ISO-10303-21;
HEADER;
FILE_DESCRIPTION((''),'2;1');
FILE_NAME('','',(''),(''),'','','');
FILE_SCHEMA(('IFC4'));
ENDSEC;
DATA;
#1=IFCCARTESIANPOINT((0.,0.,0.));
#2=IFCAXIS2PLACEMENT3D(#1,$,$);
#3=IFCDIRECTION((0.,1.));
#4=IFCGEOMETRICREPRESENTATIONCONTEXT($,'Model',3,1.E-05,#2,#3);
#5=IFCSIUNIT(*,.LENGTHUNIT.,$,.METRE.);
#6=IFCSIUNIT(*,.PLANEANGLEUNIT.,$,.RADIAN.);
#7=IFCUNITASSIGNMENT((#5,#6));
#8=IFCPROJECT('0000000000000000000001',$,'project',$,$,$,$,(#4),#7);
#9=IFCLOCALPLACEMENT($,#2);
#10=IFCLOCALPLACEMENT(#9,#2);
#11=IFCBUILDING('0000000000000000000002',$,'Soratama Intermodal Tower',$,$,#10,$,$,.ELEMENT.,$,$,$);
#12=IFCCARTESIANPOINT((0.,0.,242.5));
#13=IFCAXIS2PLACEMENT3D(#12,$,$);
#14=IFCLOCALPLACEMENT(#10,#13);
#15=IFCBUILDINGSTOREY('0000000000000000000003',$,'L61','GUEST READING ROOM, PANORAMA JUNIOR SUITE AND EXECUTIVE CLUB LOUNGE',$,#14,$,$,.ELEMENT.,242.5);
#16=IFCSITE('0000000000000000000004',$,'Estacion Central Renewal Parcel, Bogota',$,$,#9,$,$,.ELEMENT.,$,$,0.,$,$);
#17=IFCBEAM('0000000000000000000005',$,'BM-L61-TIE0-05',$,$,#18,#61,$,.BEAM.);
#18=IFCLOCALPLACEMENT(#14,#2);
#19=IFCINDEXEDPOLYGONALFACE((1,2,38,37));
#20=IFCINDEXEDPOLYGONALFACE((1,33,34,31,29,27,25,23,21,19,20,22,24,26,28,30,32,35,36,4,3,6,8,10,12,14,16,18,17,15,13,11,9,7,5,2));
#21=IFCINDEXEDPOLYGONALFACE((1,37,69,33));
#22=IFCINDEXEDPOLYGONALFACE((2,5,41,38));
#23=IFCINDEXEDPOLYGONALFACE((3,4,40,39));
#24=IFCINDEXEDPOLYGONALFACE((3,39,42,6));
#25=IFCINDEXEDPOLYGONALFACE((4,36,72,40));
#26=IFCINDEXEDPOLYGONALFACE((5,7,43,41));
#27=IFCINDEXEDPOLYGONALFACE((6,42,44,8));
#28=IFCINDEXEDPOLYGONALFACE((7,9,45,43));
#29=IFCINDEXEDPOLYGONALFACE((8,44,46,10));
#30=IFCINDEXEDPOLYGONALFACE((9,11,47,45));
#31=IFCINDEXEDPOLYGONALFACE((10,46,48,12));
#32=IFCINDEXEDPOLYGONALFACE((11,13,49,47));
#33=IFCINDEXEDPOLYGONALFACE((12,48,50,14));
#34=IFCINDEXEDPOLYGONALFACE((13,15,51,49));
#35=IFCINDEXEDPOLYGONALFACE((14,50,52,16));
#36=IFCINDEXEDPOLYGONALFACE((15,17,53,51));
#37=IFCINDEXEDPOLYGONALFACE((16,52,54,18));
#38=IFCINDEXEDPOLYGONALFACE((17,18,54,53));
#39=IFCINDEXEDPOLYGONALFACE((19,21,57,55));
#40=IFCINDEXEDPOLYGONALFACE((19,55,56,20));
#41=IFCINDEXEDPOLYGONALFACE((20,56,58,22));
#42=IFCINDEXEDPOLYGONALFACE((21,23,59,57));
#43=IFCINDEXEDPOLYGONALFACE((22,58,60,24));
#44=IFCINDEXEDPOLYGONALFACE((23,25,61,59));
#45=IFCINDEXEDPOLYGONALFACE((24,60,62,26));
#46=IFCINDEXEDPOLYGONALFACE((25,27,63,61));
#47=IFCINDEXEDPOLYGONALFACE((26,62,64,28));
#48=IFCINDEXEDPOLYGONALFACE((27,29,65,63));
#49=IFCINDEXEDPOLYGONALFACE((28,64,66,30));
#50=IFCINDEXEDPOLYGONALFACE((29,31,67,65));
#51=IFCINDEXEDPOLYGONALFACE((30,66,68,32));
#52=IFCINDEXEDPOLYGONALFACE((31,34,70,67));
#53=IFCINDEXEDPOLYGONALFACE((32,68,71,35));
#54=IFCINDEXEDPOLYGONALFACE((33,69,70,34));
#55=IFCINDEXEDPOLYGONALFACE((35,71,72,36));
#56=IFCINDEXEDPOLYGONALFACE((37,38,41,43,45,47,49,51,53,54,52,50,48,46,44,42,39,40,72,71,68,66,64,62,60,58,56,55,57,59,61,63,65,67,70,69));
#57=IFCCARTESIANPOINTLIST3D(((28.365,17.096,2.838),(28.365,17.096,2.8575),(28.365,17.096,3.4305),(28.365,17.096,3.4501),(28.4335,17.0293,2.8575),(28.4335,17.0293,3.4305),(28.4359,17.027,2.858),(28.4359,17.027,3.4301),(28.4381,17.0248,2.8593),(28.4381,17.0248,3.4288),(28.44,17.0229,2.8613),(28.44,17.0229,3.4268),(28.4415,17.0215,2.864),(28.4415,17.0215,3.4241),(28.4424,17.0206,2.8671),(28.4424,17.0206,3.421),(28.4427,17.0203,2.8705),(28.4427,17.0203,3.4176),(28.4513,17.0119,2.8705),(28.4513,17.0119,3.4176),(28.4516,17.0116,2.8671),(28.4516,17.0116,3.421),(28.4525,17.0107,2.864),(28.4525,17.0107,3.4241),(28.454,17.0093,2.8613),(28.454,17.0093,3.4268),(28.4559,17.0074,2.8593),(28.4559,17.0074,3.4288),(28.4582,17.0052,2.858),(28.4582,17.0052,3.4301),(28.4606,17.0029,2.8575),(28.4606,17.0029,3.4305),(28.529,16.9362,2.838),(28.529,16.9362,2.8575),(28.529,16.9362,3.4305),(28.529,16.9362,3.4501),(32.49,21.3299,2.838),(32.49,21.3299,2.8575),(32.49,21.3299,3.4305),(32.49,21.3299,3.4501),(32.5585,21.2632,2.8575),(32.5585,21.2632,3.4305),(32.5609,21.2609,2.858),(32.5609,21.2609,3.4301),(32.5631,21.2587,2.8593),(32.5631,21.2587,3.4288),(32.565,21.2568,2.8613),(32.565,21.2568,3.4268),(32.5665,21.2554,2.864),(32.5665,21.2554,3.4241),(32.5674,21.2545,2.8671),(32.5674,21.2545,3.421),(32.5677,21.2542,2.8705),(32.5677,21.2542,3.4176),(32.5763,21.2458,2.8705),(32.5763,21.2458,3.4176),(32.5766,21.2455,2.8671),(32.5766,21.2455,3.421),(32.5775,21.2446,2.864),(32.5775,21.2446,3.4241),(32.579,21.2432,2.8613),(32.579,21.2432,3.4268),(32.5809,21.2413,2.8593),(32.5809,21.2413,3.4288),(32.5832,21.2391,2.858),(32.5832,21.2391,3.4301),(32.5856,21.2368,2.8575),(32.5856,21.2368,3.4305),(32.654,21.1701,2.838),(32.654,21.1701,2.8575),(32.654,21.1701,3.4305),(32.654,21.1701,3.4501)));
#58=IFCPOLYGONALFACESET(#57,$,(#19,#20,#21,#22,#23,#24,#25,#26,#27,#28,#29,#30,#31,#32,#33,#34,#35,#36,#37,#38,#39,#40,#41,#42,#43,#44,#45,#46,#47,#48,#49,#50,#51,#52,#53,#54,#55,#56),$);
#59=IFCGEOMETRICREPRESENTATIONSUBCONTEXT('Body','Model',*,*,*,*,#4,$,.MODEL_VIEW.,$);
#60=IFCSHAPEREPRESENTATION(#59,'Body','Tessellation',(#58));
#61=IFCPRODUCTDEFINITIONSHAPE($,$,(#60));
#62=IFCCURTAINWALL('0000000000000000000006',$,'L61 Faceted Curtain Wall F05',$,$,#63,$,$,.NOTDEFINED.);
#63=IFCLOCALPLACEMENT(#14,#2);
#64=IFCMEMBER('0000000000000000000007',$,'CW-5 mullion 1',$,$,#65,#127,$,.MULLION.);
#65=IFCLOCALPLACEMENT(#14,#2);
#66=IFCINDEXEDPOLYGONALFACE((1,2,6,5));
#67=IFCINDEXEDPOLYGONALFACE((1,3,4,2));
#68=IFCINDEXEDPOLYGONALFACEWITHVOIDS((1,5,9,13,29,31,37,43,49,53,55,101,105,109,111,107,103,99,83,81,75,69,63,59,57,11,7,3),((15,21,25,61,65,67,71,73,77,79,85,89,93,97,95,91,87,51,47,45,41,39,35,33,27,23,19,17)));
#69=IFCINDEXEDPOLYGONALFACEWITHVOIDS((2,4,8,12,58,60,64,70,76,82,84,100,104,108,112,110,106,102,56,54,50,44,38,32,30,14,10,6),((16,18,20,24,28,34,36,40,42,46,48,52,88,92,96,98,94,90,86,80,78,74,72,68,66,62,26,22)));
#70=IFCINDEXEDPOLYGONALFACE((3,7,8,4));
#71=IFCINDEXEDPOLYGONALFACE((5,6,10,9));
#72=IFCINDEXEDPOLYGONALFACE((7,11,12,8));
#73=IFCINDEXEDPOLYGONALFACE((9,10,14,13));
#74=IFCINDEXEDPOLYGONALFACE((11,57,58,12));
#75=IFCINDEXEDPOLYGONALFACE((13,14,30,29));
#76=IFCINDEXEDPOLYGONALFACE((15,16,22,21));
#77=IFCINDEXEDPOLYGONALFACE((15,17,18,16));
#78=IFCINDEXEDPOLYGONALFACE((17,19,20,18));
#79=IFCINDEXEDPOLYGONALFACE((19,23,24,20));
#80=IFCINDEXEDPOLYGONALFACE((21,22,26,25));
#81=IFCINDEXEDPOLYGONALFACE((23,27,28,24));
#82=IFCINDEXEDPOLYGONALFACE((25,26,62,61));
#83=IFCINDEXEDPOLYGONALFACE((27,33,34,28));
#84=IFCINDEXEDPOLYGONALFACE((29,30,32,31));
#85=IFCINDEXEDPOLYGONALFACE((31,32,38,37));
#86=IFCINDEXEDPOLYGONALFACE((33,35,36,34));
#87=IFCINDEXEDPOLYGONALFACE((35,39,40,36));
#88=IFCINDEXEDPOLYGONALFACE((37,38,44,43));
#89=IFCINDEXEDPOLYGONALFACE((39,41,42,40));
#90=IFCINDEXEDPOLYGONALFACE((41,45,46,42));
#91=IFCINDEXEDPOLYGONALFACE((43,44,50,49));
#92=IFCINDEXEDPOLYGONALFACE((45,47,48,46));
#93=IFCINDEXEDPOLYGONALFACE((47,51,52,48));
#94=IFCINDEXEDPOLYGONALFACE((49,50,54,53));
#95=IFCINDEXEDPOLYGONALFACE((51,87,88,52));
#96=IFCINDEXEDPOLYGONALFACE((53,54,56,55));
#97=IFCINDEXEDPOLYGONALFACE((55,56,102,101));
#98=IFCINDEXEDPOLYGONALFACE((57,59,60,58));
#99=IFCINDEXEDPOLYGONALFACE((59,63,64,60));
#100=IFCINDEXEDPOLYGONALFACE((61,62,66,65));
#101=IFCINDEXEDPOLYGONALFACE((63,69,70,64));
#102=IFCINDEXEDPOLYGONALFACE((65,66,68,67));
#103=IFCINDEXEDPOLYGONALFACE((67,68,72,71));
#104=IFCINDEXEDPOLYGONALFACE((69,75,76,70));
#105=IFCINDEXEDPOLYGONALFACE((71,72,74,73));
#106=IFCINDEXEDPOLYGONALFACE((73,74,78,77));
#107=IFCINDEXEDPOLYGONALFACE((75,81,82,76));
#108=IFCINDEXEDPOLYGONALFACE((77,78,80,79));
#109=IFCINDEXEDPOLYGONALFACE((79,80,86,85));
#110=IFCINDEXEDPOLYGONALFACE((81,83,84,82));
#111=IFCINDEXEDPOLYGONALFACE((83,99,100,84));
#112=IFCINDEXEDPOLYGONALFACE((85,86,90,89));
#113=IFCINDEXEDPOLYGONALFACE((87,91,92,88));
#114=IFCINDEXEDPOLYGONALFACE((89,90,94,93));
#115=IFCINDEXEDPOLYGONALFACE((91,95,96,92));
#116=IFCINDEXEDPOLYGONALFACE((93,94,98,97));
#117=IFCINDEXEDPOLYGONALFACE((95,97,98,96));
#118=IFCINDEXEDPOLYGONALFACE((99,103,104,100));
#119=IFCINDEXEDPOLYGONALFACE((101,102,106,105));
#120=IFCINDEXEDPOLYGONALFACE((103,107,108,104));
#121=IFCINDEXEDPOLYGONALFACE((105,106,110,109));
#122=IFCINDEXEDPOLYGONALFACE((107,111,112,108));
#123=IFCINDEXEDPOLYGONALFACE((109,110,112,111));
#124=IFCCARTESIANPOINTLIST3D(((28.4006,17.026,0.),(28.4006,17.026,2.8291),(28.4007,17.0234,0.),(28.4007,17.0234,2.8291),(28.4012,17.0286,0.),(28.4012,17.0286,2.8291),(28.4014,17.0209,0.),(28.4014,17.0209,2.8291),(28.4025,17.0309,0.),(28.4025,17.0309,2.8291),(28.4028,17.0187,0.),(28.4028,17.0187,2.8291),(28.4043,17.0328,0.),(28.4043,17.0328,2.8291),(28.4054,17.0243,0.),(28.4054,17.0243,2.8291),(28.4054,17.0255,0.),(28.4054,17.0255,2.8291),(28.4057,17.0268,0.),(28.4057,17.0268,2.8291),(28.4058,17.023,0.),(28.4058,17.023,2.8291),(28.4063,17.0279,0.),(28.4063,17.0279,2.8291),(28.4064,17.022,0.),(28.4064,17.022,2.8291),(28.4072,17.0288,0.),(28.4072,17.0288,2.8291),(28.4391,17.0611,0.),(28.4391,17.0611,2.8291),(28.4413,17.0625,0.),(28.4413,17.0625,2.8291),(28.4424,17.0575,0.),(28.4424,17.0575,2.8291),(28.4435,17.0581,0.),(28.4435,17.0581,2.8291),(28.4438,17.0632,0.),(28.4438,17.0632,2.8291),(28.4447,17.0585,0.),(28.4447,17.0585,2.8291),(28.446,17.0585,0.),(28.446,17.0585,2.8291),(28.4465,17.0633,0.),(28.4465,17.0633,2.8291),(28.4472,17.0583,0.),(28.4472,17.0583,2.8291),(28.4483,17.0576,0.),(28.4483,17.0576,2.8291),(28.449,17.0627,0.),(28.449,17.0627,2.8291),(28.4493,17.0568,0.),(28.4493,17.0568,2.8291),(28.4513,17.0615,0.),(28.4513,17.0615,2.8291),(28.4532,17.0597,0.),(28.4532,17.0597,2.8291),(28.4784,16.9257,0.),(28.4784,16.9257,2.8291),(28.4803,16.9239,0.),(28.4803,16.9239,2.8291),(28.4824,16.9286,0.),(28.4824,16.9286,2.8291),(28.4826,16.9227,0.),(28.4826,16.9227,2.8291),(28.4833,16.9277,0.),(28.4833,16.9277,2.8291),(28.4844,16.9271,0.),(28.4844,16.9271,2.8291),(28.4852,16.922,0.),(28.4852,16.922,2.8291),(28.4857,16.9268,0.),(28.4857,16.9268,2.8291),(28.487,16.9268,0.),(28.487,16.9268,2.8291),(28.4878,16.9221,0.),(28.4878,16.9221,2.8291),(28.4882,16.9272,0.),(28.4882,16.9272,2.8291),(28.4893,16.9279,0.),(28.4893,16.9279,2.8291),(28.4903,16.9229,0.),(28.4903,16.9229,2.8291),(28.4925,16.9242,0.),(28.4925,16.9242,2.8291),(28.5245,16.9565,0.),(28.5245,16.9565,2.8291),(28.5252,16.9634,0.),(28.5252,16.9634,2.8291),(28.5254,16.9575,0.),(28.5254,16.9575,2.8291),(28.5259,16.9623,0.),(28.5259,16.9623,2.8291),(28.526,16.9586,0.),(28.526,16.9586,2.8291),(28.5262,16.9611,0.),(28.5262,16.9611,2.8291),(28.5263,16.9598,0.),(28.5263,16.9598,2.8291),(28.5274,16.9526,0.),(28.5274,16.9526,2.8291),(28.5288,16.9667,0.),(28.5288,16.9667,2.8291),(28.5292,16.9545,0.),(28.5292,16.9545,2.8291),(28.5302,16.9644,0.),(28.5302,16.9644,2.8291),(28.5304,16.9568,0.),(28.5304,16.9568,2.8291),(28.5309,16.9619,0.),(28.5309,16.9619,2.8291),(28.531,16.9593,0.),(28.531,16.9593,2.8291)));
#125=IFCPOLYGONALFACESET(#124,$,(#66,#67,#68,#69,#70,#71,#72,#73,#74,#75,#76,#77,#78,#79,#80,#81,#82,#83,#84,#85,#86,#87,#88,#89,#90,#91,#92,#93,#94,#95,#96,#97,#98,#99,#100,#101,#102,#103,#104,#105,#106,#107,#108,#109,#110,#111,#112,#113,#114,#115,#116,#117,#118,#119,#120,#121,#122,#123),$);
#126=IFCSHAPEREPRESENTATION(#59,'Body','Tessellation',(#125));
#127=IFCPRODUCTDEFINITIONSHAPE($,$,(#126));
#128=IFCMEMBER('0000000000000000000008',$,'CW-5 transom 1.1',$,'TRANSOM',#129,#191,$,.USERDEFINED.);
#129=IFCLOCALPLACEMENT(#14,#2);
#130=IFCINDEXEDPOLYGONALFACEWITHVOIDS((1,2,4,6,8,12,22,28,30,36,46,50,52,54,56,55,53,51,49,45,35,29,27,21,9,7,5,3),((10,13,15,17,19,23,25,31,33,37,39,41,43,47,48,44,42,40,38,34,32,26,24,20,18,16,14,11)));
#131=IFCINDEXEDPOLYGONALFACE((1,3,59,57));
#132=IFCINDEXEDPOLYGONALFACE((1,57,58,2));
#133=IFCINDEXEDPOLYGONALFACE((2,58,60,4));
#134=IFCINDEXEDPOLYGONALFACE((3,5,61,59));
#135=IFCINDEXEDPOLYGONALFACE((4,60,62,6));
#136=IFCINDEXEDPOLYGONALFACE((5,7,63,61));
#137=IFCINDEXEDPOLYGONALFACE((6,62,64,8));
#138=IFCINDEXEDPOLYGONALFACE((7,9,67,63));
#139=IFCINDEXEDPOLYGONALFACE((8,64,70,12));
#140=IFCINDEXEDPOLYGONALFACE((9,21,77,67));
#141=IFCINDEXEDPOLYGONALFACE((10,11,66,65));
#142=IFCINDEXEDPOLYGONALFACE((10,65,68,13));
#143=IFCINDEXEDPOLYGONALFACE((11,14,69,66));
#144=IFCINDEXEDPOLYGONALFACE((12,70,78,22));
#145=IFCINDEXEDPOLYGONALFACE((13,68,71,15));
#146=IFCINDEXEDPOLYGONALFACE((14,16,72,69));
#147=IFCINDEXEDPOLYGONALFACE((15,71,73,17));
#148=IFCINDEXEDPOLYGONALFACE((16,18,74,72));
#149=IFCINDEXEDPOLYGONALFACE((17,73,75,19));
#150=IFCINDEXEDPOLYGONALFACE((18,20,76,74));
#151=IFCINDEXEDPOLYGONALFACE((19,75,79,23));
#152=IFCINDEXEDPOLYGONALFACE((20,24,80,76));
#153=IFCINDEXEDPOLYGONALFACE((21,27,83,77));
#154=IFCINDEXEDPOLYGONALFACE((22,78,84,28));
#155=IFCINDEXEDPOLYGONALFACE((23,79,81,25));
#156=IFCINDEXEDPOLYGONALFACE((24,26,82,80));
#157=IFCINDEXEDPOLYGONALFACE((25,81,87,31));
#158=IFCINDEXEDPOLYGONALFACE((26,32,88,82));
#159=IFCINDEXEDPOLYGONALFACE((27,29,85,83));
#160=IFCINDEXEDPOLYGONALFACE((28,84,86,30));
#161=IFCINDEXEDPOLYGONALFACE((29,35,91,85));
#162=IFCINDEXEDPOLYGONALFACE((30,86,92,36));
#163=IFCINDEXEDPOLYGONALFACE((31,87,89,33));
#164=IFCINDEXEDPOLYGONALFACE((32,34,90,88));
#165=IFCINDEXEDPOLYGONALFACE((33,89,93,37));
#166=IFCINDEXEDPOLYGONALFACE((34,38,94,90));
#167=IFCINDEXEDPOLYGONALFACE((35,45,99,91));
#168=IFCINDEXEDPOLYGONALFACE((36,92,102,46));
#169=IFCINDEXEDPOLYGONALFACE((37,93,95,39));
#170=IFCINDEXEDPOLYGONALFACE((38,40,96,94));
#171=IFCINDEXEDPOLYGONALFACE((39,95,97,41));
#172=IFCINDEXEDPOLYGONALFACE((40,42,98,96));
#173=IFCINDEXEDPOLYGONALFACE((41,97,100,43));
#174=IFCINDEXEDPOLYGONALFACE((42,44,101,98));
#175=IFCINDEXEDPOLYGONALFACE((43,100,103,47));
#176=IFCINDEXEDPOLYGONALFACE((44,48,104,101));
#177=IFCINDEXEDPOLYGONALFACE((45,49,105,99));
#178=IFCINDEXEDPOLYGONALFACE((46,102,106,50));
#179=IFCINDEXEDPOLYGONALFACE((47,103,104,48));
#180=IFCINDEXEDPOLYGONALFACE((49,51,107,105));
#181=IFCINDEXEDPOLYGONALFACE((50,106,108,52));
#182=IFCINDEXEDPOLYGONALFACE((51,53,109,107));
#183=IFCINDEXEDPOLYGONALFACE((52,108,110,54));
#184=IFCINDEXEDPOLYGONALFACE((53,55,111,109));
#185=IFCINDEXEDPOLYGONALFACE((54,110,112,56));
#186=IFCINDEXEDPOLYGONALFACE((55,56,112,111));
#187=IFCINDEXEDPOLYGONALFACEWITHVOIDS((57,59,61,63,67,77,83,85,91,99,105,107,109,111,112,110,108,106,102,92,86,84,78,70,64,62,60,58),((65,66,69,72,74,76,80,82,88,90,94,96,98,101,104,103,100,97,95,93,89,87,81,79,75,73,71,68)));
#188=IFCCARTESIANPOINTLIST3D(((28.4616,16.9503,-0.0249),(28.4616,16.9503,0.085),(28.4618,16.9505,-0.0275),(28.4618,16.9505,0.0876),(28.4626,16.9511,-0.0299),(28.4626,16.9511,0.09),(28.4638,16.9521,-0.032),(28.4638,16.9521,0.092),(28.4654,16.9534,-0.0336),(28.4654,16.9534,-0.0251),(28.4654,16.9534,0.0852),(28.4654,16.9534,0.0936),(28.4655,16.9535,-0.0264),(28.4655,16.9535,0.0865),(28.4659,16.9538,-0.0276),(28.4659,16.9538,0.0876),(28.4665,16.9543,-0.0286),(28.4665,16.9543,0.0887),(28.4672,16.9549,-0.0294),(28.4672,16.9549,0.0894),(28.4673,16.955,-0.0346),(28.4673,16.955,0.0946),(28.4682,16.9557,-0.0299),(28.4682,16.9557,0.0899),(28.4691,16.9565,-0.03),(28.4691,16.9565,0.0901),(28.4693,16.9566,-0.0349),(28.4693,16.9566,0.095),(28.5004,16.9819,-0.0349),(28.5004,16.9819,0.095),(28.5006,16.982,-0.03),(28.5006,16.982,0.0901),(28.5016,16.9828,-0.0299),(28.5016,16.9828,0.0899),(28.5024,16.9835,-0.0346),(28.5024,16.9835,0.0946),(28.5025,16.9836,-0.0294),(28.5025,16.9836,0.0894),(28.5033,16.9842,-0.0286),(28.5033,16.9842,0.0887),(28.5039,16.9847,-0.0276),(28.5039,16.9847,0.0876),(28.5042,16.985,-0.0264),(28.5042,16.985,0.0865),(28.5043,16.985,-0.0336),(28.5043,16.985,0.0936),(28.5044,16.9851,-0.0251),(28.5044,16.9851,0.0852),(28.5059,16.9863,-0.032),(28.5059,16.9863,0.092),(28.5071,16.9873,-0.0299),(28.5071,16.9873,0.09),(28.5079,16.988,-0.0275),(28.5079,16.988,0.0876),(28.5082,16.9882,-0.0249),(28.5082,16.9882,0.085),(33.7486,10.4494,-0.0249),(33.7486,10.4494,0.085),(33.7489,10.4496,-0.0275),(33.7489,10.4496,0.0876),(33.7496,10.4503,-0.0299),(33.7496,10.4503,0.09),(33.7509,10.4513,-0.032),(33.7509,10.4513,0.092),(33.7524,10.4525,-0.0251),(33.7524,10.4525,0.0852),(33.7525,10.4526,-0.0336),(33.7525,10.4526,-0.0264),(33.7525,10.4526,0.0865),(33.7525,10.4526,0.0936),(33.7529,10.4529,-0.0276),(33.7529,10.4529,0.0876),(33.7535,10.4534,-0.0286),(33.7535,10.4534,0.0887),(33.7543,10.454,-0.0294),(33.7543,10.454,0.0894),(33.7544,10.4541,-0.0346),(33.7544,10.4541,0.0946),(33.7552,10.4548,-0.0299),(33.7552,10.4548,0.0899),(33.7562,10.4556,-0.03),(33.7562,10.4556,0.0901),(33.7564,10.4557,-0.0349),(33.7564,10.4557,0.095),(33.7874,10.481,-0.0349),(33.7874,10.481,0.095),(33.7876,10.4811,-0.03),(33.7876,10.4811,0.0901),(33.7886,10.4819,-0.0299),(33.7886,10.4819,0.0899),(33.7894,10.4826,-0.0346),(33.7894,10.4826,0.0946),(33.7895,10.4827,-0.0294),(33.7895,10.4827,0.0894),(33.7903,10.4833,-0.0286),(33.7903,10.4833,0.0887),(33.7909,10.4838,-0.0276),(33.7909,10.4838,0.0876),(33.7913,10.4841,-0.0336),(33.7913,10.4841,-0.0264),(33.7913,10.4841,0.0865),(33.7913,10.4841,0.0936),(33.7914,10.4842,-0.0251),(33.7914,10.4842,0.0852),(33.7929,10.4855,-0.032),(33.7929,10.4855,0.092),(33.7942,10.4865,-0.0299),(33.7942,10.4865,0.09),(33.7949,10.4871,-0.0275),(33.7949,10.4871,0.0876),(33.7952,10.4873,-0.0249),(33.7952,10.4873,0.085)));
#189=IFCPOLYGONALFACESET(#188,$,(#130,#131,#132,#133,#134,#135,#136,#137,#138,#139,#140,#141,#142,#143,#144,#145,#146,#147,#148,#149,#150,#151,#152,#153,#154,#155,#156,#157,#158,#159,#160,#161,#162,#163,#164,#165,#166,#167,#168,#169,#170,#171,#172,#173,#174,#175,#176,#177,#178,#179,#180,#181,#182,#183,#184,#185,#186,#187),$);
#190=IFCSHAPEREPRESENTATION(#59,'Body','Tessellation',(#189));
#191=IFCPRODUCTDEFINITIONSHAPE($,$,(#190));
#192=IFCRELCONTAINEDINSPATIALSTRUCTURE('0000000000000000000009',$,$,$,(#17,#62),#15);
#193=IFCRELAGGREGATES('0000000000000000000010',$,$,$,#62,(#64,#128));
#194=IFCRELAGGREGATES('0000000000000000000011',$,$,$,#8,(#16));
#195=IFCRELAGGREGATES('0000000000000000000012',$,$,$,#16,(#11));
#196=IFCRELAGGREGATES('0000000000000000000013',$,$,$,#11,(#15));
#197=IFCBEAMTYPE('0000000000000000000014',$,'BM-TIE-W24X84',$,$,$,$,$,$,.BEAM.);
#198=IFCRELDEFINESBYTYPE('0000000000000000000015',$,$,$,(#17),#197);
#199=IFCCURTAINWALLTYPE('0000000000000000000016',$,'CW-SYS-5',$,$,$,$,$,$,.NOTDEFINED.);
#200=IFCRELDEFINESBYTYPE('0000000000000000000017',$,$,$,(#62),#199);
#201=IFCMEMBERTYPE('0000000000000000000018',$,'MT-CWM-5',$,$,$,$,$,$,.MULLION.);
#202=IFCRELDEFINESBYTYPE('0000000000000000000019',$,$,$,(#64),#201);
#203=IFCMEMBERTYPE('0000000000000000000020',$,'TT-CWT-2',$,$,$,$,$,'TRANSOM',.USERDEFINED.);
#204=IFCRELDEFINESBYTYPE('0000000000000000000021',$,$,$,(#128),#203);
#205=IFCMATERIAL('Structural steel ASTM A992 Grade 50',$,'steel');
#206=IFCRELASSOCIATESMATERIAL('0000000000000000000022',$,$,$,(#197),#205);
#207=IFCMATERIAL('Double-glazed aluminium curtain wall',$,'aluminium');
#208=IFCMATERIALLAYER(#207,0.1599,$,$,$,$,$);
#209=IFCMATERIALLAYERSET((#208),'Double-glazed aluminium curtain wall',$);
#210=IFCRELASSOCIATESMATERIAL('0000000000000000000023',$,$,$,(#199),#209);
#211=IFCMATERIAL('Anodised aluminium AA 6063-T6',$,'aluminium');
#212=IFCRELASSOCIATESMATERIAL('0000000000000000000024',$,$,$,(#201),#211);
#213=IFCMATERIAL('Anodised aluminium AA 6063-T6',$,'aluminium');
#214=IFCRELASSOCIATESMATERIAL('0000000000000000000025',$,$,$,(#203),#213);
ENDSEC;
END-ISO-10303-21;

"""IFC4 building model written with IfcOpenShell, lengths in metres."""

from ifc_helpers import new_model, si_unit, direction, frame, origin, origin_2d, place, context, subcontext, project, spatial, hollow_rectangle, i_section, extrude, material, layer, layer_set, material_profile, profile_set, type_object, element, aggregate, save


model = new_model("IFC4")

# Units and contexts
model_context = context("Model", 3, precision=1e-05, world=origin(), true_north=direction((0.0, 1.0)))
body_context = subcontext(model_context, "Body", "Model", "MODEL_VIEW")
ifc_project = project(units=[si_unit("LENGTHUNIT", "METRE"), si_unit("PLANEANGLEUNIT", "RADIAN")], contexts=[model_context])

# Site, building, storey
site_placement = place(None, origin())
site = spatial("IfcSite", under=ifc_project, at=site_placement, Name="Estacion Central Renewal Parcel, Bogota", CompositionType="ELEMENT", RefElevation=0.0)
building_placement = place(site_placement, origin())
building = spatial("IfcBuilding", under=site, at=building_placement, Name="Soratama Intermodal Tower", CompositionType="ELEMENT")
storey_placement = place(building_placement, frame((0.0, 0.0, 242.5)))
storey = spatial("IfcBuildingStorey", under=building, at=storey_placement, Name="L61", Description="GUEST READING ROOM, PANORAMA JUNIOR SUITE AND EXECUTIVE CLUB LOUNGE", CompositionType="ELEMENT", Elevation=242.5)

# Beam
ifc_material_1 = material(Name="Structural steel ASTM A992 Grade 50", Category="steel")
ifc_material_profile_1 = material_profile(ifc_material_1, i_section(OverallWidth=0.229, OverallDepth=0.6121, WebThickness=0.012, FlangeThickness=0.0195, FilletRadius=0.0129, at=origin_2d()), Name="W24X84")
ifc_profile_set_1 = profile_set([ifc_material_profile_1], Name="Structural steel ASTM A992 Grade 50")
beam_type_1 = type_object("IfcBeamType", Name="BM-TIE-W24X84", PredefinedType="BEAM", material=ifc_profile_set_1)
beam_1_placement = place(storey_placement, frame((32.572, 21.25, 3.144), z_axis=(-0.697836, -0.716257, 0.0), x_axis=(0.716257, -0.697836, 0.0)))
element("IfcBeam", 1, at=beam_1_placement, inside=storey, type_object=beam_type_1, Name="BM-L61-TIE0-05", PredefinedType="BEAM", context=body_context, shape_type="SweptSolid", body=[
    extrude(i_section(OverallWidth=0.229, OverallDepth=0.6121, WebThickness=0.012, FlangeThickness=0.0195, FilletRadius=0.0129, at=origin_2d()), origin(), (0.0, 0.0, 1.0), 5.9111),
])

# Curtain wall, members
ifc_material_2 = material(Name="Double-glazed aluminium curtain wall", Category="aluminium")
ifc_layer_1 = layer(ifc_material_2, 0.1599)
ifc_layer_set_1 = layer_set([ifc_layer_1], Name="Double-glazed aluminium curtain wall")
curtain_wall_type = type_object("IfcCurtainWallType", Name="CW-SYS-5", PredefinedType="NOTDEFINED", material=ifc_layer_set_1)
curtain_wall_placement = place(storey_placement, origin())
curtain_wall = element("IfcCurtainWall", 2, at=curtain_wall_placement, inside=storey, type_object=curtain_wall_type, Name="L61 Faceted Curtain Wall F05", PredefinedType="NOTDEFINED")
ifc_material_3 = material(Name="Anodised aluminium AA 6063-T6", Category="aluminium")
ifc_material_profile_2 = material_profile(ifc_material_3, hollow_rectangle(XDim=0.0649, YDim=0.1399, WallThickness=0.0049, InnerFilletRadius=0.0049, OuterFilletRadius=0.01, at=origin_2d()), Name="CWM140X65X5")
ifc_profile_set_2 = profile_set([ifc_material_profile_2], Name="Anodised aluminium AA 6063-T6")
member_type_1 = type_object("IfcMemberType", Name="MT-CWM-5", PredefinedType="MULLION", material=ifc_profile_set_2)
member_1_placement = place(storey_placement, frame((28.4658, 16.9927, 0.0), z_axis=(0.0, 0.0, 1.0), x_axis=(0.775824, 0.630949, 0.0)))
member_1 = element("IfcMember", 3, at=member_1_placement, type_object=member_type_1, Name="CW-5 mullion 1", PredefinedType="MULLION", context=body_context, shape_type="SweptSolid", body=[
    extrude(hollow_rectangle(XDim=0.0649, YDim=0.1399, WallThickness=0.0049, InnerFilletRadius=0.0049, OuterFilletRadius=0.01, at=origin_2d()), origin(), (0.0, 0.0, 1.0), 2.8291),
])
ifc_material_4 = material(Name="Anodised aluminium AA 6063-T6", Category="aluminium")
ifc_material_profile_3 = material_profile(ifc_material_4, hollow_rectangle(XDim=0.0601, YDim=0.1299, WallThickness=0.0049, InnerFilletRadius=0.0049, OuterFilletRadius=0.01, at=origin_2d()), Name="CWT130X60X5")
ifc_profile_set_3 = profile_set([ifc_material_profile_3], Name="Anodised aluminium AA 6063-T6")
member_type_2 = type_object("IfcMemberType", Name="TT-CWT-2", ElementType="TRANSOM", PredefinedType="USERDEFINED", material=ifc_profile_set_3)
member_2_placement = place(storey_placement, frame((28.4849, 16.9692, 0.03), z_axis=(0.630957, -0.775818, 0.0), x_axis=(0.775818, 0.630957, 0.0)))
member_2 = element("IfcMember", 4, at=member_2_placement, type_object=member_type_2, Name="CW-5 transom 1.1", ObjectType="TRANSOM", PredefinedType="USERDEFINED", context=body_context, shape_type="SweptSolid", body=[
    extrude(hollow_rectangle(XDim=0.0601, YDim=0.1299, WallThickness=0.0049, InnerFilletRadius=0.0049, OuterFilletRadius=0.01, at=origin_2d()), origin(), (0.0, 0.0, 1.0), 8.3794),
])
aggregate(curtain_wall, [member_1, member_2])

save(model, "model.ifc")
